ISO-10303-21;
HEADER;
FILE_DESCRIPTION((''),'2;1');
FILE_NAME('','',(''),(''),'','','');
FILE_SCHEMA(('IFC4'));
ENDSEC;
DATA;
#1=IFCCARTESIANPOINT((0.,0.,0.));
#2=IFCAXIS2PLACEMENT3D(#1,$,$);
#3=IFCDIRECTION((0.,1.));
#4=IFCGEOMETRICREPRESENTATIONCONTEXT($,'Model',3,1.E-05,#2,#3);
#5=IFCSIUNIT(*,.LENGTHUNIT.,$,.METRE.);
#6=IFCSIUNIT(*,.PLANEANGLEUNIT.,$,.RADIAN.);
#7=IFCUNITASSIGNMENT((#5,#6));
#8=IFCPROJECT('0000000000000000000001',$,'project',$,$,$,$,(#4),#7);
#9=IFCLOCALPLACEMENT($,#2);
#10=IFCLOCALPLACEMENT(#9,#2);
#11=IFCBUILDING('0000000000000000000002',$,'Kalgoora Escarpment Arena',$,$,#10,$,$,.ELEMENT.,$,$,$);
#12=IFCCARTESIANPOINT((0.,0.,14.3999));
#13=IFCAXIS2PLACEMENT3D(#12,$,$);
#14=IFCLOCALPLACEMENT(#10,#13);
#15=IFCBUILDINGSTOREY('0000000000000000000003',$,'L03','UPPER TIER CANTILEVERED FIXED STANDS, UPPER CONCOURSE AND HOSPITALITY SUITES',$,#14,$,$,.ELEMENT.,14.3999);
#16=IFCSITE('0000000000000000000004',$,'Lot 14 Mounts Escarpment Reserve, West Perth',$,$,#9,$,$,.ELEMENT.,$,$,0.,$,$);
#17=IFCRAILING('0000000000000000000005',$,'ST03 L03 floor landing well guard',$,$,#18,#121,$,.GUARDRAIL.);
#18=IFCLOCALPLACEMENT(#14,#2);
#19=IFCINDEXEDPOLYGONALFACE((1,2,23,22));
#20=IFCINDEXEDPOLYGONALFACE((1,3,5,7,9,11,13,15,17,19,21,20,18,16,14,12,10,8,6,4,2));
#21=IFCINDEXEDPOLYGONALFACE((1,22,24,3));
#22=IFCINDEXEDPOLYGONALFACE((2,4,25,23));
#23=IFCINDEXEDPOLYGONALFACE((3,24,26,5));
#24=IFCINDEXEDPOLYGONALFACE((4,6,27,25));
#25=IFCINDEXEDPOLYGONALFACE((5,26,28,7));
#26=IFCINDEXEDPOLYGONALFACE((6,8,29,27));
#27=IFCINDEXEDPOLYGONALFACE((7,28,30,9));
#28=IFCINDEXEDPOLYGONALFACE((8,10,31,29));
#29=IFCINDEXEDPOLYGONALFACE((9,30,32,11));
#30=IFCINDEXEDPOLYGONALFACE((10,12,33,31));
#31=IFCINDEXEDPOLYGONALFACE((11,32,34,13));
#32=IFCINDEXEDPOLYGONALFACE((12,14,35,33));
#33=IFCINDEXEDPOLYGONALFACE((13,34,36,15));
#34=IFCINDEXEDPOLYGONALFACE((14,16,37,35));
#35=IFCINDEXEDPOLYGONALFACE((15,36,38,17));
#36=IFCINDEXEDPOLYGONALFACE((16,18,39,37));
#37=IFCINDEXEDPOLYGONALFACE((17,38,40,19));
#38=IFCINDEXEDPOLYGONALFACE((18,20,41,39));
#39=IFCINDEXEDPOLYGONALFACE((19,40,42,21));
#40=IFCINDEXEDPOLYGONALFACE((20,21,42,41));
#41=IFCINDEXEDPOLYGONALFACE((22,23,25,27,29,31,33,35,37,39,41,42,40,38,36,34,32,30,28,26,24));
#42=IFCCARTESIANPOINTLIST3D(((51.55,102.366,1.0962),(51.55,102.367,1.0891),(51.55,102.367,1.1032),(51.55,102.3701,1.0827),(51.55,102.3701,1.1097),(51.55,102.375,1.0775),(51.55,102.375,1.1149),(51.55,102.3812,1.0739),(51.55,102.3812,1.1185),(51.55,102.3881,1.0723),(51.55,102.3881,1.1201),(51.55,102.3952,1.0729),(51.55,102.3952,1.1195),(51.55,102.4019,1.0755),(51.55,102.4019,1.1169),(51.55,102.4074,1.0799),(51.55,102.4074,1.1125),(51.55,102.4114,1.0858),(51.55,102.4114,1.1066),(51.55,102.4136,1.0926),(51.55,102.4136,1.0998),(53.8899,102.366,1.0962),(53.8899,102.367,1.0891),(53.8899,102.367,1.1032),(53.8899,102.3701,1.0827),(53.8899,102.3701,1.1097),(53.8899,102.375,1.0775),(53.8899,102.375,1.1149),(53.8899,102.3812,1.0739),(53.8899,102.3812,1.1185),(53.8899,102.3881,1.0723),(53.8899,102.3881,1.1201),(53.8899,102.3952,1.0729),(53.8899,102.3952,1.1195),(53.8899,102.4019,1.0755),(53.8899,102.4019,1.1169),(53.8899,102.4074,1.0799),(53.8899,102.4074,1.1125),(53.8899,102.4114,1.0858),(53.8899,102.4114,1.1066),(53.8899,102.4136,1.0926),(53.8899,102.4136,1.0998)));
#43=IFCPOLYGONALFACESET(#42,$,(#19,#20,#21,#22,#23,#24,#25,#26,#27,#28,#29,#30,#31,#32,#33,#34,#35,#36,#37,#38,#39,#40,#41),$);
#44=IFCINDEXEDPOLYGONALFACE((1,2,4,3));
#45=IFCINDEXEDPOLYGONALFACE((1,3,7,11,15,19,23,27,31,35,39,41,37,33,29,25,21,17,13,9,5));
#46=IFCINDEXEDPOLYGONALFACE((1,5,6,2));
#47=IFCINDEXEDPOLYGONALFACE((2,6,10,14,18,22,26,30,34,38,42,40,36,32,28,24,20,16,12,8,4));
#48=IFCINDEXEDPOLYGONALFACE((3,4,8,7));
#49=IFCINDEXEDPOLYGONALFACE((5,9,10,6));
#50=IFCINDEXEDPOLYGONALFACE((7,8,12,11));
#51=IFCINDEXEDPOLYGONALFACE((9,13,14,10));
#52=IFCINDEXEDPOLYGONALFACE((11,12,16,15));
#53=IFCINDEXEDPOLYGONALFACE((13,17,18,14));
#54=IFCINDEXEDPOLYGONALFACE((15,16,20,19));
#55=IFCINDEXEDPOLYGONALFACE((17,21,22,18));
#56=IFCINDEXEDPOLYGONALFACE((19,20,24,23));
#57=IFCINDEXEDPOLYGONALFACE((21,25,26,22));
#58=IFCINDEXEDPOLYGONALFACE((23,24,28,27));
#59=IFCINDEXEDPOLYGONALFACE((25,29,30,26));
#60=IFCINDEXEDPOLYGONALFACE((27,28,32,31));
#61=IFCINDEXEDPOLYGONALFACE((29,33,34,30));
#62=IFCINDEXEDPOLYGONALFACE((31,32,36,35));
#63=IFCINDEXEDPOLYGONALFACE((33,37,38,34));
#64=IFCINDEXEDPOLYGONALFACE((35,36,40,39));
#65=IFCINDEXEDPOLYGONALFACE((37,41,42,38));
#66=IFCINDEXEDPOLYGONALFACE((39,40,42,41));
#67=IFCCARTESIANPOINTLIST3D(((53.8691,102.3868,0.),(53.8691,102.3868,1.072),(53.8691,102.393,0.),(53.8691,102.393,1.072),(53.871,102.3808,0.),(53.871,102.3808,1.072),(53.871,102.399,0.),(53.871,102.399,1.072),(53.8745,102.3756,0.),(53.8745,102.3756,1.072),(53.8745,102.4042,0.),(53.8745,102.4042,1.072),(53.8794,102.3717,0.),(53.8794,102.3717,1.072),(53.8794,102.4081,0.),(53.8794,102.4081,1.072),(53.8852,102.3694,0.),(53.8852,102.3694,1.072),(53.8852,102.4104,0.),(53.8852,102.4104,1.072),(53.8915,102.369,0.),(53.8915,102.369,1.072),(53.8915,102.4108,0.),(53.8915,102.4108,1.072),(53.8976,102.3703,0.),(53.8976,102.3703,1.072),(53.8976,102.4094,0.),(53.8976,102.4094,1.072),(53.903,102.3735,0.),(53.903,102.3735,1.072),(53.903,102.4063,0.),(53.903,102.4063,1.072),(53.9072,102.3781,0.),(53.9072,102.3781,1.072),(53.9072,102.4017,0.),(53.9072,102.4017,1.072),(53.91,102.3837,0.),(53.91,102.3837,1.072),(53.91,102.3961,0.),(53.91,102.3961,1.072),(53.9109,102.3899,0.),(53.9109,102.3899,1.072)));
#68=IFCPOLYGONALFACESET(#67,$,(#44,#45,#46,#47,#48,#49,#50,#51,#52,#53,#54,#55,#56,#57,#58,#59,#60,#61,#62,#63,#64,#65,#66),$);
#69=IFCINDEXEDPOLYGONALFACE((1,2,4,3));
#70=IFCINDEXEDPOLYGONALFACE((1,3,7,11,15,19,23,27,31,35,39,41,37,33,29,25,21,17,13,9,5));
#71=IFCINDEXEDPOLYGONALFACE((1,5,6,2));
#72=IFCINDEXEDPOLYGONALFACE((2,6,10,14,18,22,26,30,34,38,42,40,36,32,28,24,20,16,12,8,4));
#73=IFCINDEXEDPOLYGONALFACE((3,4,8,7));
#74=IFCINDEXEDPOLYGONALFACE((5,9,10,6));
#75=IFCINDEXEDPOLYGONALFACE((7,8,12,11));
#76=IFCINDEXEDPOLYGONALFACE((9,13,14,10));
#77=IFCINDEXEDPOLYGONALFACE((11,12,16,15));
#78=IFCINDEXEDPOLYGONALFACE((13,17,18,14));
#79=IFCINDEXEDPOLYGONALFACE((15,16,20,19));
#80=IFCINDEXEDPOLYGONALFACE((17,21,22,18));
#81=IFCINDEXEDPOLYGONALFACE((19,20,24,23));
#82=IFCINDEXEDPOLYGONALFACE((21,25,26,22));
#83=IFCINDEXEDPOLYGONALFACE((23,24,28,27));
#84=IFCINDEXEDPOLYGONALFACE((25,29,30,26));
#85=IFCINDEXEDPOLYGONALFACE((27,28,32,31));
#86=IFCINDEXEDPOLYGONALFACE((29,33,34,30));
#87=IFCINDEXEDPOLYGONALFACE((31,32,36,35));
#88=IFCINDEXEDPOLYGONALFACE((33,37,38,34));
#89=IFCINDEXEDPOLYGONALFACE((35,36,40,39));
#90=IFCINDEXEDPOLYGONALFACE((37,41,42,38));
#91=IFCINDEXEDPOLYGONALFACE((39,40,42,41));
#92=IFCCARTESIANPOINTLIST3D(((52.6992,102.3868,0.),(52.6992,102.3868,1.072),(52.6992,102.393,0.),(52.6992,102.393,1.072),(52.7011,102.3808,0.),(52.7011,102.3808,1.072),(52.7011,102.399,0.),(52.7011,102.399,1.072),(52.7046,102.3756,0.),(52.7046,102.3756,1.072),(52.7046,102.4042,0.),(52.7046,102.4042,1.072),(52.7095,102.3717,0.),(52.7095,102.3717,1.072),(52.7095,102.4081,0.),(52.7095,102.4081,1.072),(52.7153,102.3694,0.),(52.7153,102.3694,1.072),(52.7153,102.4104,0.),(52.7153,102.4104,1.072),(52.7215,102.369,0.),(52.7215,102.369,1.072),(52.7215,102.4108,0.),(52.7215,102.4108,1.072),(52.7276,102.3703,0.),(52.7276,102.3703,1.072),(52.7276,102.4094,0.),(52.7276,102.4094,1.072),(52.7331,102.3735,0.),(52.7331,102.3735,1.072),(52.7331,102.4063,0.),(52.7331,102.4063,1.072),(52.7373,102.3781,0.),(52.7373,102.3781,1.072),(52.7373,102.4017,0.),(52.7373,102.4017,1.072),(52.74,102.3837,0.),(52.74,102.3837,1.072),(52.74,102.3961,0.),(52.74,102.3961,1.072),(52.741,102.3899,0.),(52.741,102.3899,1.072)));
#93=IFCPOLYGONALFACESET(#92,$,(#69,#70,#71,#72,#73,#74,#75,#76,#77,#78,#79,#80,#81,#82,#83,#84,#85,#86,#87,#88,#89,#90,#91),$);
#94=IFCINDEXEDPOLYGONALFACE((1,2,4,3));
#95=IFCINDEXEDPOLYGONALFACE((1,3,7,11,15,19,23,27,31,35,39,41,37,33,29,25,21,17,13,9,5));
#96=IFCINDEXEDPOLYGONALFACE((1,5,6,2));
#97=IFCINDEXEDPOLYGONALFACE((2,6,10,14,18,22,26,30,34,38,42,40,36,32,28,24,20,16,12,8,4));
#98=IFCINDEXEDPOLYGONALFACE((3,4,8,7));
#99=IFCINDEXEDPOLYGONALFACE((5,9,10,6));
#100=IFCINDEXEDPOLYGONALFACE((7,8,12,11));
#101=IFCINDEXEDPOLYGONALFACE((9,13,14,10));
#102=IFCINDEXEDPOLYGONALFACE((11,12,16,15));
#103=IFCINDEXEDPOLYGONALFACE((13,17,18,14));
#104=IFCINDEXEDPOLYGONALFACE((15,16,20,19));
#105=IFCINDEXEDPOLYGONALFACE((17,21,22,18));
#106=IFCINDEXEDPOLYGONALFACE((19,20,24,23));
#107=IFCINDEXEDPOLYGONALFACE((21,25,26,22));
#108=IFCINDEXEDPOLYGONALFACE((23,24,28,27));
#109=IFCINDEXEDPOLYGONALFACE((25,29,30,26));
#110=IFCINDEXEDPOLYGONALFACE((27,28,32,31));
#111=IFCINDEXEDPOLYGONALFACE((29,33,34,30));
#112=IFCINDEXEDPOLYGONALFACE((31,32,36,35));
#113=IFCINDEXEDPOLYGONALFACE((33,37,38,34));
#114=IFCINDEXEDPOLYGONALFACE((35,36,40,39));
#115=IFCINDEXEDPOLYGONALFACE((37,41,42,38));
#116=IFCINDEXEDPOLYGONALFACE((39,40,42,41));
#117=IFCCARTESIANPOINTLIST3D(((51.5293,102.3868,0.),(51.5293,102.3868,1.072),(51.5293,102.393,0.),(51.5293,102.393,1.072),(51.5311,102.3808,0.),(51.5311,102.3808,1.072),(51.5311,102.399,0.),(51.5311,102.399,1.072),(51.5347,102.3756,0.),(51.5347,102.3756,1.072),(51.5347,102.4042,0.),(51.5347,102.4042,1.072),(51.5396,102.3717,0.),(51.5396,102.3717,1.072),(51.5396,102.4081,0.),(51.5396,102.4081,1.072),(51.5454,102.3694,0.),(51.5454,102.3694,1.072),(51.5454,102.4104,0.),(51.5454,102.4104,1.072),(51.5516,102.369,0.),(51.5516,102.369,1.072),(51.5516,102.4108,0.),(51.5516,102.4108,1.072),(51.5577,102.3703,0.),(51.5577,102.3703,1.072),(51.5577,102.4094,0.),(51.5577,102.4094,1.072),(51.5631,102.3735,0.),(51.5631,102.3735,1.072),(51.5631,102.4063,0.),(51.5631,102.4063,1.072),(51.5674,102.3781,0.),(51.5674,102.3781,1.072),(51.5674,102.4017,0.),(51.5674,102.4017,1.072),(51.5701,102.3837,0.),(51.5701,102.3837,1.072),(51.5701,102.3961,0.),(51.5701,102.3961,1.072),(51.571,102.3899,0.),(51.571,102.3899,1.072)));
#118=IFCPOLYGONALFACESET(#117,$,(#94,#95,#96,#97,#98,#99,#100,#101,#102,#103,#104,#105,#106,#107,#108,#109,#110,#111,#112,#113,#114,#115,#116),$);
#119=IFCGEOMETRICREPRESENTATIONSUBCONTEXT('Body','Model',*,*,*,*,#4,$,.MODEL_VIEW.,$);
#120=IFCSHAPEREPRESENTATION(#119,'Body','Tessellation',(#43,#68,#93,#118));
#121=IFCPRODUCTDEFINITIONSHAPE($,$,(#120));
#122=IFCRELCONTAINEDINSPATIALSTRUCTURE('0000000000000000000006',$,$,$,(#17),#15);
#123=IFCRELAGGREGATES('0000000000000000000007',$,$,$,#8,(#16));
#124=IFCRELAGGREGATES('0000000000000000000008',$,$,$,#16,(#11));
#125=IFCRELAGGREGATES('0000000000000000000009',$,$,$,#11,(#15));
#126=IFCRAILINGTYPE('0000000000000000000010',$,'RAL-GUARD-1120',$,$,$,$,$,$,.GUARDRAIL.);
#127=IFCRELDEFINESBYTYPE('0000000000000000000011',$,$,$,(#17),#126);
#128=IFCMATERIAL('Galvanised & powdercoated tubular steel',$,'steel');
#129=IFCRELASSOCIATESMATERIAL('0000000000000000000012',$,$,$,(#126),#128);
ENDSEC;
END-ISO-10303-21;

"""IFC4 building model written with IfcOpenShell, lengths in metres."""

from ifc_helpers import new_model, si_unit, direction, frame, origin, origin_2d, place, context, subcontext, project, spatial, circle, extrude, material, type_object, element, save


model = new_model("IFC4")

# Units and contexts
model_context = context("Model", 3, precision=1e-05, world=origin(), true_north=direction((0.0, 1.0)))
body_context = subcontext(model_context, "Body", "Model", "MODEL_VIEW")
ifc_project = project(units=[si_unit("LENGTHUNIT", "METRE"), si_unit("PLANEANGLEUNIT", "RADIAN")], contexts=[model_context])

# Site, building, storey
site_placement = place(None, origin())
site = spatial("IfcSite", under=ifc_project, at=site_placement, Name="Lot 14 Mounts Escarpment Reserve, West Perth", CompositionType="ELEMENT", RefElevation=0.0)
building_placement = place(site_placement, origin())
building = spatial("IfcBuilding", under=site, at=building_placement, Name="Kalgoora Escarpment Arena", CompositionType="ELEMENT")
storey_placement = place(building_placement, frame((0.0, 0.0, 14.3999)))
storey = spatial("IfcBuildingStorey", under=building, at=storey_placement, Name="L03", Description="UPPER TIER CANTILEVERED FIXED STANDS, UPPER CONCOURSE AND HOSPITALITY SUITES", CompositionType="ELEMENT", Elevation=14.3999)

# Railing
ifc_material_1 = material(Name="Galvanised & powdercoated tubular steel", Category="steel")
railing_type_1 = type_object("IfcRailingType", Name="RAL-GUARD-1120", PredefinedType="GUARDRAIL", material=ifc_material_1)
railing_placement = place(storey_placement, frame((53.8899, 102.3899, 0.0)))
element("IfcRailing", 1, at=railing_placement, inside=storey, type_object=railing_type_1, Name="ST03 L03 floor landing well guard", PredefinedType="GUARDRAIL", context=body_context, shape_type="SweptSolid", body=[
    extrude(circle(Radius=0.0239, at=origin_2d()), frame((0.0, 0.0, 1.0962), z_axis=(-1.0, 0.0, 0.0), x_axis=(0.0, -1.0, 0.0)), (0.0, 0.0, 1.0), 2.3398),
    extrude(circle(Radius=0.021, at=origin_2d()), origin(), (0.0, 0.0, 1.0), 1.072),
    extrude(circle(Radius=0.021, at=origin_2d()), frame((-1.1699, 0.0, 0.0)), (0.0, 0.0, 1.0), 1.072),
    extrude(circle(Radius=0.021, at=origin_2d()), frame((-2.3398, 0.0, 0.0)), (0.0, 0.0, 1.0), 1.072),
])

save(model, "model.ifc")
